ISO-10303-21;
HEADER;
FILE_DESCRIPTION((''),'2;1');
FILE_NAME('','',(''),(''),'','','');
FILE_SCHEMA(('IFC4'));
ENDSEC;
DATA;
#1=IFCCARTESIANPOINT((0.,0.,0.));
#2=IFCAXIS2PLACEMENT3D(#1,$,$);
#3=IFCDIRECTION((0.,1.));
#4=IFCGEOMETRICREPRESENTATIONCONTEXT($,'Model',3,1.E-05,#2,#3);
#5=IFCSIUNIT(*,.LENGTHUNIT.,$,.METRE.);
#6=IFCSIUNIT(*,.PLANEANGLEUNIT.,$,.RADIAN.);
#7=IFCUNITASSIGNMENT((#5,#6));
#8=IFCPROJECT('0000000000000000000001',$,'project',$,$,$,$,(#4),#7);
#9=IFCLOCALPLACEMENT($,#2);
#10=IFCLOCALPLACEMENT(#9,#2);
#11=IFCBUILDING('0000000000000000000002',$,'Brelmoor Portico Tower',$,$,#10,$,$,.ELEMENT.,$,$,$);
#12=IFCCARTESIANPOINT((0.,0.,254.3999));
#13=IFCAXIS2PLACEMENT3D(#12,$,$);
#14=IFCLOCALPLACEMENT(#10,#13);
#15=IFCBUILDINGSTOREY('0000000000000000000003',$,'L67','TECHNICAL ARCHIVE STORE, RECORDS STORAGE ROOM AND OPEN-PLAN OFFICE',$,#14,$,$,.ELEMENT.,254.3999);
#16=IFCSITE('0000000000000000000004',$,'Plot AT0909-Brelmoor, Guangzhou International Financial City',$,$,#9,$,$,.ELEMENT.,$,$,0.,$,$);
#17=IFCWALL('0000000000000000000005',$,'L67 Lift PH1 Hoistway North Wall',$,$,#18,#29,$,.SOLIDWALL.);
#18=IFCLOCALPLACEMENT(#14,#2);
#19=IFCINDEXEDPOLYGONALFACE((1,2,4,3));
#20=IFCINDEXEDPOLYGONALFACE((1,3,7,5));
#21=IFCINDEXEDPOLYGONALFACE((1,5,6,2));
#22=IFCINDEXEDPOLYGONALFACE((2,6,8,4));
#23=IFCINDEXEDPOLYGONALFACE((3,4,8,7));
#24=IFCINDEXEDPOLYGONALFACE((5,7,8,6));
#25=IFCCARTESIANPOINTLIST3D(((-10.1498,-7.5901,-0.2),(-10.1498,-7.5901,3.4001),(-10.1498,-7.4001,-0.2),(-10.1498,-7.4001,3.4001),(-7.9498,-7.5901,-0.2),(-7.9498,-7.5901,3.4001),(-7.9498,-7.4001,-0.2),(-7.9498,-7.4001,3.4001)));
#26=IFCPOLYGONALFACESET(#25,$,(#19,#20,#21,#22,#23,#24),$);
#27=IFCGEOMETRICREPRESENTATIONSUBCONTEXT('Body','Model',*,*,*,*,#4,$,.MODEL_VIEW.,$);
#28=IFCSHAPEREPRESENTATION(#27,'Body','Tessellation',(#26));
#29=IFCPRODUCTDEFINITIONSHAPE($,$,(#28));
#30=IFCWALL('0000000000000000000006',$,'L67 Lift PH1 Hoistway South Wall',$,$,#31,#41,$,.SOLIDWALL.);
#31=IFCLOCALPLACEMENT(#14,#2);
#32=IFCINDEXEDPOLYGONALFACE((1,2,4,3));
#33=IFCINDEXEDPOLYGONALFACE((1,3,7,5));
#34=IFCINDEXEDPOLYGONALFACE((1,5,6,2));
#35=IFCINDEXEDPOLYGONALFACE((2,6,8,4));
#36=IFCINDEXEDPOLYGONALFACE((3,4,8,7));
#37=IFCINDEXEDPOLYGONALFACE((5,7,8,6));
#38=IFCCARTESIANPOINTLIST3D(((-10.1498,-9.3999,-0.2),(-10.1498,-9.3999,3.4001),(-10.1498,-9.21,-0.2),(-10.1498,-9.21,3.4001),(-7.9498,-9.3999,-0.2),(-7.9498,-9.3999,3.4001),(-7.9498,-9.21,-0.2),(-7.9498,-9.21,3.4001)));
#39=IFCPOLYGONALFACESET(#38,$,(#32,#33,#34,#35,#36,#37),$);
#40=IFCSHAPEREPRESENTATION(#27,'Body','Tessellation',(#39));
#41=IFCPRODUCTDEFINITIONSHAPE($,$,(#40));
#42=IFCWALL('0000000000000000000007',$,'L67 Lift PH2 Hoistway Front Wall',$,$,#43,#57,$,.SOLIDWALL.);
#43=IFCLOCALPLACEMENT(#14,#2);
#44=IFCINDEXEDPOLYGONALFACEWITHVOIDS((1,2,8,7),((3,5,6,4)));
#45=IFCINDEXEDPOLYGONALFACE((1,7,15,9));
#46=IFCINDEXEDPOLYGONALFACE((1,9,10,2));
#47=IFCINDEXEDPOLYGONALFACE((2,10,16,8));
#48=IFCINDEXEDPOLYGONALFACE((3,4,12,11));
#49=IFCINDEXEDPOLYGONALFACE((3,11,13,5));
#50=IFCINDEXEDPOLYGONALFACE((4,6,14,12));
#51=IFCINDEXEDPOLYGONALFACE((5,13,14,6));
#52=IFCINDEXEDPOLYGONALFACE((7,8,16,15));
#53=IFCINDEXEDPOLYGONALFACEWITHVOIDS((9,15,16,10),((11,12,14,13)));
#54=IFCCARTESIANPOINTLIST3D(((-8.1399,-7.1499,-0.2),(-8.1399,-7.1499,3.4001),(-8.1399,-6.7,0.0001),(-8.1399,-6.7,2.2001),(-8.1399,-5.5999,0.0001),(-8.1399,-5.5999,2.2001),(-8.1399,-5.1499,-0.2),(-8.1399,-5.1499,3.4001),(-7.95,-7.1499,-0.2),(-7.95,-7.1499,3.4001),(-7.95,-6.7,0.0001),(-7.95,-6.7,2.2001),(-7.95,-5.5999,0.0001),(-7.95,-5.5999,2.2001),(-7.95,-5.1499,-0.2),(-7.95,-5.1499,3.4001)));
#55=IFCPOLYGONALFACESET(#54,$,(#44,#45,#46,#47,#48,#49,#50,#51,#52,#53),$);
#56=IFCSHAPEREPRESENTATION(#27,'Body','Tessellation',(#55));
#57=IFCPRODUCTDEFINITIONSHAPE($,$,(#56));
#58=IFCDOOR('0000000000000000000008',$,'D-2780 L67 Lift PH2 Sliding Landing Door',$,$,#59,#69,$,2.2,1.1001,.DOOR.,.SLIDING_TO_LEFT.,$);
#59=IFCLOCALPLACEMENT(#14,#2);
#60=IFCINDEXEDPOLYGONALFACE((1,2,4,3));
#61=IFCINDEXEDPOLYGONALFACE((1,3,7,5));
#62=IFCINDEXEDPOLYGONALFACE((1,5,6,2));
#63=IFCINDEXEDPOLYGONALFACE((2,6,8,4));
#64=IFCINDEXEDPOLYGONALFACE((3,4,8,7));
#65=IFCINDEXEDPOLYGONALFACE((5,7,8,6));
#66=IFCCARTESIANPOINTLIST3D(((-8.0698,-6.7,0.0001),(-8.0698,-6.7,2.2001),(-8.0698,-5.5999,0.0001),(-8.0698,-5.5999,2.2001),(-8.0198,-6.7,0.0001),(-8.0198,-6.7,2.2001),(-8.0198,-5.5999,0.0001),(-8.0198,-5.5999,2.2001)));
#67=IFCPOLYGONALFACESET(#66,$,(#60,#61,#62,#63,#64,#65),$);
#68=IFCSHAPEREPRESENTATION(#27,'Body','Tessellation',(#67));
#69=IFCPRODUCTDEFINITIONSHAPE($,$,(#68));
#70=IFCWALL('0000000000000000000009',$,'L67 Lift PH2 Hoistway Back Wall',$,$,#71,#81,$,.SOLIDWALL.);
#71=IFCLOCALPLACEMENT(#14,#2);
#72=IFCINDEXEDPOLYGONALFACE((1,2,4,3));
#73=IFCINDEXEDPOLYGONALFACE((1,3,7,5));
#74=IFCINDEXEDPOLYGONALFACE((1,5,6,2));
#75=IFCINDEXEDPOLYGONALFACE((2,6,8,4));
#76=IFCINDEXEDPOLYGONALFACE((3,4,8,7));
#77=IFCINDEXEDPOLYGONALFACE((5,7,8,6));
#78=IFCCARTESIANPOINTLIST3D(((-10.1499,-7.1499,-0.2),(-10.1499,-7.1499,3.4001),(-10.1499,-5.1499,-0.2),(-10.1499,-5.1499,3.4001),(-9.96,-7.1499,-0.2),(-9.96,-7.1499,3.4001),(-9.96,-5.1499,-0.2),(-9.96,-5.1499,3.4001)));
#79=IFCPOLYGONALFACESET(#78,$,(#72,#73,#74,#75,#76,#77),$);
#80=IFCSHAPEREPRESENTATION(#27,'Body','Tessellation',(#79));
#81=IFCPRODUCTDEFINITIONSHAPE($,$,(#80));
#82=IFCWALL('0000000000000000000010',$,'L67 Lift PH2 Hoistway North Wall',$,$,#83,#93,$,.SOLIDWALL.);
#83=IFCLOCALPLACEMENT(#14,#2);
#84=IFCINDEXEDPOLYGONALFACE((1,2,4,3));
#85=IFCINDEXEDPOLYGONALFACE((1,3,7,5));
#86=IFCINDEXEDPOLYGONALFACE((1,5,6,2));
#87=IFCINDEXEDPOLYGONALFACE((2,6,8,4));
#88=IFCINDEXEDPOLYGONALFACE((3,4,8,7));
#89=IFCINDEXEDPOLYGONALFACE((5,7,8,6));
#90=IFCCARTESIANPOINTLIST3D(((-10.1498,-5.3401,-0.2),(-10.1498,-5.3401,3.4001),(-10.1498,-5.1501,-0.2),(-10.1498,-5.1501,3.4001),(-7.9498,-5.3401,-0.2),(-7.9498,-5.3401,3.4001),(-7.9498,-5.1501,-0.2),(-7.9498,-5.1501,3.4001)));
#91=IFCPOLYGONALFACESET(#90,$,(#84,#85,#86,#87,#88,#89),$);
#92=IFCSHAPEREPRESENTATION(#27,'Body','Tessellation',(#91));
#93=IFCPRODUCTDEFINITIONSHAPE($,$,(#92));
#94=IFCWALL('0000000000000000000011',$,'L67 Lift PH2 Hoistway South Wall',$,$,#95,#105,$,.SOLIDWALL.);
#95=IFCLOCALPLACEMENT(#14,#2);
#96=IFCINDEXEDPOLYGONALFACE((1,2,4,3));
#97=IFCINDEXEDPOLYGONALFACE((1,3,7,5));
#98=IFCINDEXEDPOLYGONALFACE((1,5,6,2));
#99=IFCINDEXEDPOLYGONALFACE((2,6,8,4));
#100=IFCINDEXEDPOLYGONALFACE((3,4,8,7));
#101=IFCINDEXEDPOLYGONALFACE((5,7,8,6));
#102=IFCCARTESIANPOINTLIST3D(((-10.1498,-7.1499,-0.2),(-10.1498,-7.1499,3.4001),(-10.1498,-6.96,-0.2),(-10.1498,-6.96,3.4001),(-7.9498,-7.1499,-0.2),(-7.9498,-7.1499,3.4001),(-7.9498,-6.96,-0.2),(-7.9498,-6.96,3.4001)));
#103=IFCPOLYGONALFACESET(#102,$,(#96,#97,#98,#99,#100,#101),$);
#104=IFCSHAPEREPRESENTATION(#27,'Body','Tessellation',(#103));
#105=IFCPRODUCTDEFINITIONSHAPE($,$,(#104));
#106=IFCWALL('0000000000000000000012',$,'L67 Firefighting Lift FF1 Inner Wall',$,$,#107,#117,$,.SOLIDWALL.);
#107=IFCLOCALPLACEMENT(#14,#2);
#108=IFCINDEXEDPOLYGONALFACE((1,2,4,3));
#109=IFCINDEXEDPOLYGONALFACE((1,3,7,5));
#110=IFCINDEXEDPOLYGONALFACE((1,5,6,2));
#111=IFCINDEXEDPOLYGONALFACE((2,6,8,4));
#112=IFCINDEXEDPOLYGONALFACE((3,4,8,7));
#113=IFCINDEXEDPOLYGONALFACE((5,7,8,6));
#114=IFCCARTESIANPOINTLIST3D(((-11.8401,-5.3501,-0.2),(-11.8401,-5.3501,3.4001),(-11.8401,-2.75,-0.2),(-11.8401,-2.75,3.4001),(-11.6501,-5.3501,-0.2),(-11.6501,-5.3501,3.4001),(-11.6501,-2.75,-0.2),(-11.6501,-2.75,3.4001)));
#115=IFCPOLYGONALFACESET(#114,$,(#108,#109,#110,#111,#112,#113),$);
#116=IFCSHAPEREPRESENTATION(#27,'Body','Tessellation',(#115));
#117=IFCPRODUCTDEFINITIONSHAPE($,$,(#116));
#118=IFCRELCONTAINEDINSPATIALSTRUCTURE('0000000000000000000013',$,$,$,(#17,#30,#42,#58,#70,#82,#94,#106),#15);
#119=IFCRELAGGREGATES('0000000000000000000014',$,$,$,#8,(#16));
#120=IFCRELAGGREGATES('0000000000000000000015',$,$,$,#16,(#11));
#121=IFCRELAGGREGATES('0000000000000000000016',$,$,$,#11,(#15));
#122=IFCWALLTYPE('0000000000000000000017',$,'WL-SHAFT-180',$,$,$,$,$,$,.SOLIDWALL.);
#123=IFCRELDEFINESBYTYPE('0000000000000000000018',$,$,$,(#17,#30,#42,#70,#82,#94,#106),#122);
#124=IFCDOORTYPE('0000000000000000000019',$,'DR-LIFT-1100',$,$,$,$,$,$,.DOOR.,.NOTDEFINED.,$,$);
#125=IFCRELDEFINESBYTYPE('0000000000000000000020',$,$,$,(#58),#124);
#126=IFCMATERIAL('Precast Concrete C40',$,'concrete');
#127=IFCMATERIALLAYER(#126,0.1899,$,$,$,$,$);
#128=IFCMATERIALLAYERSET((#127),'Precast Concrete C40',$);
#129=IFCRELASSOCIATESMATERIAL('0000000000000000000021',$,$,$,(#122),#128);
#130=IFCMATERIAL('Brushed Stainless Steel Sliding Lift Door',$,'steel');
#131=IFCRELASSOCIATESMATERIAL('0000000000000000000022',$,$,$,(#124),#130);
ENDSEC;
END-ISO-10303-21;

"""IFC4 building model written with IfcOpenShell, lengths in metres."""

from ifc_helpers import new_model, si_unit, direction, frame, frame_2d, origin, place, context, subcontext, project, spatial, rectangle, extrude, material, layer, layer_set, type_object, element, fill, save


model = new_model("IFC4")

# Units and contexts
model_context = context("Model", 3, precision=1e-05, world=origin(), true_north=direction((0.0, 1.0)))
body_context = subcontext(model_context, "Body", "Model", "MODEL_VIEW")
ifc_project = project(units=[si_unit("LENGTHUNIT", "METRE"), si_unit("PLANEANGLEUNIT", "RADIAN")], contexts=[model_context])

# Site, building, storey
site_placement = place(None, origin())
site = spatial("IfcSite", under=ifc_project, at=site_placement, Name="Plot AT0909-Brelmoor, Guangzhou International Financial City", CompositionType="ELEMENT", RefElevation=0.0)
building_placement = place(site_placement, origin())
building = spatial("IfcBuilding", under=site, at=building_placement, Name="Brelmoor Portico Tower", CompositionType="ELEMENT")
storey_placement = place(building_placement, frame((0.0, 0.0, 254.3999)))
storey = spatial("IfcBuildingStorey", under=building, at=storey_placement, Name="L67", Description="TECHNICAL ARCHIVE STORE, RECORDS STORAGE ROOM AND OPEN-PLAN OFFICE", CompositionType="ELEMENT", Elevation=254.3999)

# Shared definitions
ifc_material_1 = material(Name="Precast Concrete C40", Category="concrete")
ifc_layer_1 = layer(ifc_material_1, 0.1899)
ifc_layer_set_1 = layer_set([ifc_layer_1], Name="Precast Concrete C40")
wall_type_1 = type_object("IfcWallType", Name="WL-SHAFT-180", PredefinedType="SOLIDWALL", material=ifc_layer_set_1)
ifc_material_2 = material(Name="Brushed Stainless Steel Sliding Lift Door", Category="steel")
door_type_1 = type_object("IfcDoorType", Name="DR-LIFT-1100", OperationType="NOTDEFINED", PredefinedType="DOOR", material=ifc_material_2)

# Walls
for number, where, z_axis, x_axis, name in (
    (1, (-10.1499, -7.4951, -0.2), (0.0, 0.0, 1.0), (1.0, 0.0, 0.0), "L67 Lift PH1 Hoistway North Wall"),
    (2, (-10.1499, -9.3049, -0.2), (0.0, 0.0, 1.0), (1.0, 0.0, 0.0), "L67 Lift PH1 Hoistway South Wall"),
):
    element("IfcWall", number, at=place(storey_placement, frame(where, z_axis=z_axis, x_axis=x_axis)), inside=storey, type_object=wall_type_1, Name=name, PredefinedType="SOLIDWALL", context=body_context, shape_type="SweptSolid", body=[
        extrude(rectangle(XDim=2.2, YDim=0.1899, at=frame_2d((1.1001, 0.0))), origin(), (0.0, 0.0, 1.0), 3.6001),
    ])

# Wall, opening, door
wall_1_placement = place(storey_placement, frame((-8.0449, -7.1499, -0.2), z_axis=(0.0, 0.0, 1.0), x_axis=(0.0, 1.0, 0.0)))
wall_1 = element("IfcWall", 3, at=wall_1_placement, inside=storey, type_object=wall_type_1, Name="L67 Lift PH2 Hoistway Front Wall", PredefinedType="SOLIDWALL", context=body_context, shape_type="SweptSolid", body=[
    extrude(rectangle(XDim=2.0, YDim=0.1899, at=frame_2d((1.0, 0.0))), origin(), (0.0, 0.0, 1.0), 3.6001),
])
opening_1_placement = place(wall_1_placement, frame((0.45, 0.0, 0.2)))
opening_1 = element("IfcOpeningElement", 4, at=opening_1_placement, cuts=wall_1, PredefinedType="OPENING", context=body_context, shape_type="SweptSolid", body=[
    extrude(rectangle(XDim=1.1001, YDim=2.2, at=frame_2d((0.55, 1.1001))), frame((0.0, 0.105, 0.0), z_axis=(0.0, -1.0, 0.0), x_axis=(1.0, 0.0, 0.0)), (0.0, 0.0, 1.0), 0.21),
])
door_1_placement = place(opening_1_placement, origin())
door_1 = element("IfcDoor", 5, at=door_1_placement, inside=storey, type_object=door_type_1, Name="D-2780 L67 Lift PH2 Sliding Landing Door", OperationType="SLIDING_TO_LEFT", OverallHeight=2.2, OverallWidth=1.1001, PredefinedType="DOOR", context=body_context, shape_type="SweptSolid", body=[
    extrude(rectangle(XDim=1.1001, YDim=2.2, at=frame_2d((0.55, 1.1001))), frame((0.0, 0.0249, 0.0), z_axis=(0.0, -1.0, 0.0), x_axis=(1.0, 0.0, 0.0)), (0.0, 0.0, 1.0), 0.05),
])
fill(opening_1, door_1)

# Walls
wall_2_placement = place(storey_placement, frame((-10.0549, -7.1499, -0.2), z_axis=(0.0, 0.0, 1.0), x_axis=(0.0, 1.0, 0.0)))
element("IfcWall", 6, at=wall_2_placement, inside=storey, type_object=wall_type_1, Name="L67 Lift PH2 Hoistway Back Wall", PredefinedType="SOLIDWALL", context=body_context, shape_type="SweptSolid", body=[
    extrude(rectangle(XDim=2.0, YDim=0.1899, at=frame_2d((1.0, 0.0))), origin(), (0.0, 0.0, 1.0), 3.6001),
])
for number, where, z_axis, x_axis, name in (
    (7, (-10.1499, -5.2451, -0.2), (0.0, 0.0, 1.0), (1.0, 0.0, 0.0), "L67 Lift PH2 Hoistway North Wall"),
    (8, (-10.1499, -7.0549, -0.2), (0.0, 0.0, 1.0), (1.0, 0.0, 0.0), "L67 Lift PH2 Hoistway South Wall"),
):
    element("IfcWall", number, at=place(storey_placement, frame(where, z_axis=z_axis, x_axis=x_axis)), inside=storey, type_object=wall_type_1, Name=name, PredefinedType="SOLIDWALL", context=body_context, shape_type="SweptSolid", body=[
        extrude(rectangle(XDim=2.2, YDim=0.1899, at=frame_2d((1.1001, 0.0))), origin(), (0.0, 0.0, 1.0), 3.6001),
    ])
wall_3_placement = place(storey_placement, frame((-11.7451, -5.3501, -0.2), z_axis=(0.0, 0.0, 1.0), x_axis=(0.0, 1.0, 0.0)))
element("IfcWall", 9, at=wall_3_placement, inside=storey, type_object=wall_type_1, Name="L67 Firefighting Lift FF1 Inner Wall", PredefinedType="SOLIDWALL", context=body_context, shape_type="SweptSolid", body=[
    extrude(rectangle(XDim=2.6001, YDim=0.1899, at=frame_2d((1.3, 0.0))), origin(), (0.0, 0.0, 1.0), 3.6001),
])

save(model, "model.ifc")
